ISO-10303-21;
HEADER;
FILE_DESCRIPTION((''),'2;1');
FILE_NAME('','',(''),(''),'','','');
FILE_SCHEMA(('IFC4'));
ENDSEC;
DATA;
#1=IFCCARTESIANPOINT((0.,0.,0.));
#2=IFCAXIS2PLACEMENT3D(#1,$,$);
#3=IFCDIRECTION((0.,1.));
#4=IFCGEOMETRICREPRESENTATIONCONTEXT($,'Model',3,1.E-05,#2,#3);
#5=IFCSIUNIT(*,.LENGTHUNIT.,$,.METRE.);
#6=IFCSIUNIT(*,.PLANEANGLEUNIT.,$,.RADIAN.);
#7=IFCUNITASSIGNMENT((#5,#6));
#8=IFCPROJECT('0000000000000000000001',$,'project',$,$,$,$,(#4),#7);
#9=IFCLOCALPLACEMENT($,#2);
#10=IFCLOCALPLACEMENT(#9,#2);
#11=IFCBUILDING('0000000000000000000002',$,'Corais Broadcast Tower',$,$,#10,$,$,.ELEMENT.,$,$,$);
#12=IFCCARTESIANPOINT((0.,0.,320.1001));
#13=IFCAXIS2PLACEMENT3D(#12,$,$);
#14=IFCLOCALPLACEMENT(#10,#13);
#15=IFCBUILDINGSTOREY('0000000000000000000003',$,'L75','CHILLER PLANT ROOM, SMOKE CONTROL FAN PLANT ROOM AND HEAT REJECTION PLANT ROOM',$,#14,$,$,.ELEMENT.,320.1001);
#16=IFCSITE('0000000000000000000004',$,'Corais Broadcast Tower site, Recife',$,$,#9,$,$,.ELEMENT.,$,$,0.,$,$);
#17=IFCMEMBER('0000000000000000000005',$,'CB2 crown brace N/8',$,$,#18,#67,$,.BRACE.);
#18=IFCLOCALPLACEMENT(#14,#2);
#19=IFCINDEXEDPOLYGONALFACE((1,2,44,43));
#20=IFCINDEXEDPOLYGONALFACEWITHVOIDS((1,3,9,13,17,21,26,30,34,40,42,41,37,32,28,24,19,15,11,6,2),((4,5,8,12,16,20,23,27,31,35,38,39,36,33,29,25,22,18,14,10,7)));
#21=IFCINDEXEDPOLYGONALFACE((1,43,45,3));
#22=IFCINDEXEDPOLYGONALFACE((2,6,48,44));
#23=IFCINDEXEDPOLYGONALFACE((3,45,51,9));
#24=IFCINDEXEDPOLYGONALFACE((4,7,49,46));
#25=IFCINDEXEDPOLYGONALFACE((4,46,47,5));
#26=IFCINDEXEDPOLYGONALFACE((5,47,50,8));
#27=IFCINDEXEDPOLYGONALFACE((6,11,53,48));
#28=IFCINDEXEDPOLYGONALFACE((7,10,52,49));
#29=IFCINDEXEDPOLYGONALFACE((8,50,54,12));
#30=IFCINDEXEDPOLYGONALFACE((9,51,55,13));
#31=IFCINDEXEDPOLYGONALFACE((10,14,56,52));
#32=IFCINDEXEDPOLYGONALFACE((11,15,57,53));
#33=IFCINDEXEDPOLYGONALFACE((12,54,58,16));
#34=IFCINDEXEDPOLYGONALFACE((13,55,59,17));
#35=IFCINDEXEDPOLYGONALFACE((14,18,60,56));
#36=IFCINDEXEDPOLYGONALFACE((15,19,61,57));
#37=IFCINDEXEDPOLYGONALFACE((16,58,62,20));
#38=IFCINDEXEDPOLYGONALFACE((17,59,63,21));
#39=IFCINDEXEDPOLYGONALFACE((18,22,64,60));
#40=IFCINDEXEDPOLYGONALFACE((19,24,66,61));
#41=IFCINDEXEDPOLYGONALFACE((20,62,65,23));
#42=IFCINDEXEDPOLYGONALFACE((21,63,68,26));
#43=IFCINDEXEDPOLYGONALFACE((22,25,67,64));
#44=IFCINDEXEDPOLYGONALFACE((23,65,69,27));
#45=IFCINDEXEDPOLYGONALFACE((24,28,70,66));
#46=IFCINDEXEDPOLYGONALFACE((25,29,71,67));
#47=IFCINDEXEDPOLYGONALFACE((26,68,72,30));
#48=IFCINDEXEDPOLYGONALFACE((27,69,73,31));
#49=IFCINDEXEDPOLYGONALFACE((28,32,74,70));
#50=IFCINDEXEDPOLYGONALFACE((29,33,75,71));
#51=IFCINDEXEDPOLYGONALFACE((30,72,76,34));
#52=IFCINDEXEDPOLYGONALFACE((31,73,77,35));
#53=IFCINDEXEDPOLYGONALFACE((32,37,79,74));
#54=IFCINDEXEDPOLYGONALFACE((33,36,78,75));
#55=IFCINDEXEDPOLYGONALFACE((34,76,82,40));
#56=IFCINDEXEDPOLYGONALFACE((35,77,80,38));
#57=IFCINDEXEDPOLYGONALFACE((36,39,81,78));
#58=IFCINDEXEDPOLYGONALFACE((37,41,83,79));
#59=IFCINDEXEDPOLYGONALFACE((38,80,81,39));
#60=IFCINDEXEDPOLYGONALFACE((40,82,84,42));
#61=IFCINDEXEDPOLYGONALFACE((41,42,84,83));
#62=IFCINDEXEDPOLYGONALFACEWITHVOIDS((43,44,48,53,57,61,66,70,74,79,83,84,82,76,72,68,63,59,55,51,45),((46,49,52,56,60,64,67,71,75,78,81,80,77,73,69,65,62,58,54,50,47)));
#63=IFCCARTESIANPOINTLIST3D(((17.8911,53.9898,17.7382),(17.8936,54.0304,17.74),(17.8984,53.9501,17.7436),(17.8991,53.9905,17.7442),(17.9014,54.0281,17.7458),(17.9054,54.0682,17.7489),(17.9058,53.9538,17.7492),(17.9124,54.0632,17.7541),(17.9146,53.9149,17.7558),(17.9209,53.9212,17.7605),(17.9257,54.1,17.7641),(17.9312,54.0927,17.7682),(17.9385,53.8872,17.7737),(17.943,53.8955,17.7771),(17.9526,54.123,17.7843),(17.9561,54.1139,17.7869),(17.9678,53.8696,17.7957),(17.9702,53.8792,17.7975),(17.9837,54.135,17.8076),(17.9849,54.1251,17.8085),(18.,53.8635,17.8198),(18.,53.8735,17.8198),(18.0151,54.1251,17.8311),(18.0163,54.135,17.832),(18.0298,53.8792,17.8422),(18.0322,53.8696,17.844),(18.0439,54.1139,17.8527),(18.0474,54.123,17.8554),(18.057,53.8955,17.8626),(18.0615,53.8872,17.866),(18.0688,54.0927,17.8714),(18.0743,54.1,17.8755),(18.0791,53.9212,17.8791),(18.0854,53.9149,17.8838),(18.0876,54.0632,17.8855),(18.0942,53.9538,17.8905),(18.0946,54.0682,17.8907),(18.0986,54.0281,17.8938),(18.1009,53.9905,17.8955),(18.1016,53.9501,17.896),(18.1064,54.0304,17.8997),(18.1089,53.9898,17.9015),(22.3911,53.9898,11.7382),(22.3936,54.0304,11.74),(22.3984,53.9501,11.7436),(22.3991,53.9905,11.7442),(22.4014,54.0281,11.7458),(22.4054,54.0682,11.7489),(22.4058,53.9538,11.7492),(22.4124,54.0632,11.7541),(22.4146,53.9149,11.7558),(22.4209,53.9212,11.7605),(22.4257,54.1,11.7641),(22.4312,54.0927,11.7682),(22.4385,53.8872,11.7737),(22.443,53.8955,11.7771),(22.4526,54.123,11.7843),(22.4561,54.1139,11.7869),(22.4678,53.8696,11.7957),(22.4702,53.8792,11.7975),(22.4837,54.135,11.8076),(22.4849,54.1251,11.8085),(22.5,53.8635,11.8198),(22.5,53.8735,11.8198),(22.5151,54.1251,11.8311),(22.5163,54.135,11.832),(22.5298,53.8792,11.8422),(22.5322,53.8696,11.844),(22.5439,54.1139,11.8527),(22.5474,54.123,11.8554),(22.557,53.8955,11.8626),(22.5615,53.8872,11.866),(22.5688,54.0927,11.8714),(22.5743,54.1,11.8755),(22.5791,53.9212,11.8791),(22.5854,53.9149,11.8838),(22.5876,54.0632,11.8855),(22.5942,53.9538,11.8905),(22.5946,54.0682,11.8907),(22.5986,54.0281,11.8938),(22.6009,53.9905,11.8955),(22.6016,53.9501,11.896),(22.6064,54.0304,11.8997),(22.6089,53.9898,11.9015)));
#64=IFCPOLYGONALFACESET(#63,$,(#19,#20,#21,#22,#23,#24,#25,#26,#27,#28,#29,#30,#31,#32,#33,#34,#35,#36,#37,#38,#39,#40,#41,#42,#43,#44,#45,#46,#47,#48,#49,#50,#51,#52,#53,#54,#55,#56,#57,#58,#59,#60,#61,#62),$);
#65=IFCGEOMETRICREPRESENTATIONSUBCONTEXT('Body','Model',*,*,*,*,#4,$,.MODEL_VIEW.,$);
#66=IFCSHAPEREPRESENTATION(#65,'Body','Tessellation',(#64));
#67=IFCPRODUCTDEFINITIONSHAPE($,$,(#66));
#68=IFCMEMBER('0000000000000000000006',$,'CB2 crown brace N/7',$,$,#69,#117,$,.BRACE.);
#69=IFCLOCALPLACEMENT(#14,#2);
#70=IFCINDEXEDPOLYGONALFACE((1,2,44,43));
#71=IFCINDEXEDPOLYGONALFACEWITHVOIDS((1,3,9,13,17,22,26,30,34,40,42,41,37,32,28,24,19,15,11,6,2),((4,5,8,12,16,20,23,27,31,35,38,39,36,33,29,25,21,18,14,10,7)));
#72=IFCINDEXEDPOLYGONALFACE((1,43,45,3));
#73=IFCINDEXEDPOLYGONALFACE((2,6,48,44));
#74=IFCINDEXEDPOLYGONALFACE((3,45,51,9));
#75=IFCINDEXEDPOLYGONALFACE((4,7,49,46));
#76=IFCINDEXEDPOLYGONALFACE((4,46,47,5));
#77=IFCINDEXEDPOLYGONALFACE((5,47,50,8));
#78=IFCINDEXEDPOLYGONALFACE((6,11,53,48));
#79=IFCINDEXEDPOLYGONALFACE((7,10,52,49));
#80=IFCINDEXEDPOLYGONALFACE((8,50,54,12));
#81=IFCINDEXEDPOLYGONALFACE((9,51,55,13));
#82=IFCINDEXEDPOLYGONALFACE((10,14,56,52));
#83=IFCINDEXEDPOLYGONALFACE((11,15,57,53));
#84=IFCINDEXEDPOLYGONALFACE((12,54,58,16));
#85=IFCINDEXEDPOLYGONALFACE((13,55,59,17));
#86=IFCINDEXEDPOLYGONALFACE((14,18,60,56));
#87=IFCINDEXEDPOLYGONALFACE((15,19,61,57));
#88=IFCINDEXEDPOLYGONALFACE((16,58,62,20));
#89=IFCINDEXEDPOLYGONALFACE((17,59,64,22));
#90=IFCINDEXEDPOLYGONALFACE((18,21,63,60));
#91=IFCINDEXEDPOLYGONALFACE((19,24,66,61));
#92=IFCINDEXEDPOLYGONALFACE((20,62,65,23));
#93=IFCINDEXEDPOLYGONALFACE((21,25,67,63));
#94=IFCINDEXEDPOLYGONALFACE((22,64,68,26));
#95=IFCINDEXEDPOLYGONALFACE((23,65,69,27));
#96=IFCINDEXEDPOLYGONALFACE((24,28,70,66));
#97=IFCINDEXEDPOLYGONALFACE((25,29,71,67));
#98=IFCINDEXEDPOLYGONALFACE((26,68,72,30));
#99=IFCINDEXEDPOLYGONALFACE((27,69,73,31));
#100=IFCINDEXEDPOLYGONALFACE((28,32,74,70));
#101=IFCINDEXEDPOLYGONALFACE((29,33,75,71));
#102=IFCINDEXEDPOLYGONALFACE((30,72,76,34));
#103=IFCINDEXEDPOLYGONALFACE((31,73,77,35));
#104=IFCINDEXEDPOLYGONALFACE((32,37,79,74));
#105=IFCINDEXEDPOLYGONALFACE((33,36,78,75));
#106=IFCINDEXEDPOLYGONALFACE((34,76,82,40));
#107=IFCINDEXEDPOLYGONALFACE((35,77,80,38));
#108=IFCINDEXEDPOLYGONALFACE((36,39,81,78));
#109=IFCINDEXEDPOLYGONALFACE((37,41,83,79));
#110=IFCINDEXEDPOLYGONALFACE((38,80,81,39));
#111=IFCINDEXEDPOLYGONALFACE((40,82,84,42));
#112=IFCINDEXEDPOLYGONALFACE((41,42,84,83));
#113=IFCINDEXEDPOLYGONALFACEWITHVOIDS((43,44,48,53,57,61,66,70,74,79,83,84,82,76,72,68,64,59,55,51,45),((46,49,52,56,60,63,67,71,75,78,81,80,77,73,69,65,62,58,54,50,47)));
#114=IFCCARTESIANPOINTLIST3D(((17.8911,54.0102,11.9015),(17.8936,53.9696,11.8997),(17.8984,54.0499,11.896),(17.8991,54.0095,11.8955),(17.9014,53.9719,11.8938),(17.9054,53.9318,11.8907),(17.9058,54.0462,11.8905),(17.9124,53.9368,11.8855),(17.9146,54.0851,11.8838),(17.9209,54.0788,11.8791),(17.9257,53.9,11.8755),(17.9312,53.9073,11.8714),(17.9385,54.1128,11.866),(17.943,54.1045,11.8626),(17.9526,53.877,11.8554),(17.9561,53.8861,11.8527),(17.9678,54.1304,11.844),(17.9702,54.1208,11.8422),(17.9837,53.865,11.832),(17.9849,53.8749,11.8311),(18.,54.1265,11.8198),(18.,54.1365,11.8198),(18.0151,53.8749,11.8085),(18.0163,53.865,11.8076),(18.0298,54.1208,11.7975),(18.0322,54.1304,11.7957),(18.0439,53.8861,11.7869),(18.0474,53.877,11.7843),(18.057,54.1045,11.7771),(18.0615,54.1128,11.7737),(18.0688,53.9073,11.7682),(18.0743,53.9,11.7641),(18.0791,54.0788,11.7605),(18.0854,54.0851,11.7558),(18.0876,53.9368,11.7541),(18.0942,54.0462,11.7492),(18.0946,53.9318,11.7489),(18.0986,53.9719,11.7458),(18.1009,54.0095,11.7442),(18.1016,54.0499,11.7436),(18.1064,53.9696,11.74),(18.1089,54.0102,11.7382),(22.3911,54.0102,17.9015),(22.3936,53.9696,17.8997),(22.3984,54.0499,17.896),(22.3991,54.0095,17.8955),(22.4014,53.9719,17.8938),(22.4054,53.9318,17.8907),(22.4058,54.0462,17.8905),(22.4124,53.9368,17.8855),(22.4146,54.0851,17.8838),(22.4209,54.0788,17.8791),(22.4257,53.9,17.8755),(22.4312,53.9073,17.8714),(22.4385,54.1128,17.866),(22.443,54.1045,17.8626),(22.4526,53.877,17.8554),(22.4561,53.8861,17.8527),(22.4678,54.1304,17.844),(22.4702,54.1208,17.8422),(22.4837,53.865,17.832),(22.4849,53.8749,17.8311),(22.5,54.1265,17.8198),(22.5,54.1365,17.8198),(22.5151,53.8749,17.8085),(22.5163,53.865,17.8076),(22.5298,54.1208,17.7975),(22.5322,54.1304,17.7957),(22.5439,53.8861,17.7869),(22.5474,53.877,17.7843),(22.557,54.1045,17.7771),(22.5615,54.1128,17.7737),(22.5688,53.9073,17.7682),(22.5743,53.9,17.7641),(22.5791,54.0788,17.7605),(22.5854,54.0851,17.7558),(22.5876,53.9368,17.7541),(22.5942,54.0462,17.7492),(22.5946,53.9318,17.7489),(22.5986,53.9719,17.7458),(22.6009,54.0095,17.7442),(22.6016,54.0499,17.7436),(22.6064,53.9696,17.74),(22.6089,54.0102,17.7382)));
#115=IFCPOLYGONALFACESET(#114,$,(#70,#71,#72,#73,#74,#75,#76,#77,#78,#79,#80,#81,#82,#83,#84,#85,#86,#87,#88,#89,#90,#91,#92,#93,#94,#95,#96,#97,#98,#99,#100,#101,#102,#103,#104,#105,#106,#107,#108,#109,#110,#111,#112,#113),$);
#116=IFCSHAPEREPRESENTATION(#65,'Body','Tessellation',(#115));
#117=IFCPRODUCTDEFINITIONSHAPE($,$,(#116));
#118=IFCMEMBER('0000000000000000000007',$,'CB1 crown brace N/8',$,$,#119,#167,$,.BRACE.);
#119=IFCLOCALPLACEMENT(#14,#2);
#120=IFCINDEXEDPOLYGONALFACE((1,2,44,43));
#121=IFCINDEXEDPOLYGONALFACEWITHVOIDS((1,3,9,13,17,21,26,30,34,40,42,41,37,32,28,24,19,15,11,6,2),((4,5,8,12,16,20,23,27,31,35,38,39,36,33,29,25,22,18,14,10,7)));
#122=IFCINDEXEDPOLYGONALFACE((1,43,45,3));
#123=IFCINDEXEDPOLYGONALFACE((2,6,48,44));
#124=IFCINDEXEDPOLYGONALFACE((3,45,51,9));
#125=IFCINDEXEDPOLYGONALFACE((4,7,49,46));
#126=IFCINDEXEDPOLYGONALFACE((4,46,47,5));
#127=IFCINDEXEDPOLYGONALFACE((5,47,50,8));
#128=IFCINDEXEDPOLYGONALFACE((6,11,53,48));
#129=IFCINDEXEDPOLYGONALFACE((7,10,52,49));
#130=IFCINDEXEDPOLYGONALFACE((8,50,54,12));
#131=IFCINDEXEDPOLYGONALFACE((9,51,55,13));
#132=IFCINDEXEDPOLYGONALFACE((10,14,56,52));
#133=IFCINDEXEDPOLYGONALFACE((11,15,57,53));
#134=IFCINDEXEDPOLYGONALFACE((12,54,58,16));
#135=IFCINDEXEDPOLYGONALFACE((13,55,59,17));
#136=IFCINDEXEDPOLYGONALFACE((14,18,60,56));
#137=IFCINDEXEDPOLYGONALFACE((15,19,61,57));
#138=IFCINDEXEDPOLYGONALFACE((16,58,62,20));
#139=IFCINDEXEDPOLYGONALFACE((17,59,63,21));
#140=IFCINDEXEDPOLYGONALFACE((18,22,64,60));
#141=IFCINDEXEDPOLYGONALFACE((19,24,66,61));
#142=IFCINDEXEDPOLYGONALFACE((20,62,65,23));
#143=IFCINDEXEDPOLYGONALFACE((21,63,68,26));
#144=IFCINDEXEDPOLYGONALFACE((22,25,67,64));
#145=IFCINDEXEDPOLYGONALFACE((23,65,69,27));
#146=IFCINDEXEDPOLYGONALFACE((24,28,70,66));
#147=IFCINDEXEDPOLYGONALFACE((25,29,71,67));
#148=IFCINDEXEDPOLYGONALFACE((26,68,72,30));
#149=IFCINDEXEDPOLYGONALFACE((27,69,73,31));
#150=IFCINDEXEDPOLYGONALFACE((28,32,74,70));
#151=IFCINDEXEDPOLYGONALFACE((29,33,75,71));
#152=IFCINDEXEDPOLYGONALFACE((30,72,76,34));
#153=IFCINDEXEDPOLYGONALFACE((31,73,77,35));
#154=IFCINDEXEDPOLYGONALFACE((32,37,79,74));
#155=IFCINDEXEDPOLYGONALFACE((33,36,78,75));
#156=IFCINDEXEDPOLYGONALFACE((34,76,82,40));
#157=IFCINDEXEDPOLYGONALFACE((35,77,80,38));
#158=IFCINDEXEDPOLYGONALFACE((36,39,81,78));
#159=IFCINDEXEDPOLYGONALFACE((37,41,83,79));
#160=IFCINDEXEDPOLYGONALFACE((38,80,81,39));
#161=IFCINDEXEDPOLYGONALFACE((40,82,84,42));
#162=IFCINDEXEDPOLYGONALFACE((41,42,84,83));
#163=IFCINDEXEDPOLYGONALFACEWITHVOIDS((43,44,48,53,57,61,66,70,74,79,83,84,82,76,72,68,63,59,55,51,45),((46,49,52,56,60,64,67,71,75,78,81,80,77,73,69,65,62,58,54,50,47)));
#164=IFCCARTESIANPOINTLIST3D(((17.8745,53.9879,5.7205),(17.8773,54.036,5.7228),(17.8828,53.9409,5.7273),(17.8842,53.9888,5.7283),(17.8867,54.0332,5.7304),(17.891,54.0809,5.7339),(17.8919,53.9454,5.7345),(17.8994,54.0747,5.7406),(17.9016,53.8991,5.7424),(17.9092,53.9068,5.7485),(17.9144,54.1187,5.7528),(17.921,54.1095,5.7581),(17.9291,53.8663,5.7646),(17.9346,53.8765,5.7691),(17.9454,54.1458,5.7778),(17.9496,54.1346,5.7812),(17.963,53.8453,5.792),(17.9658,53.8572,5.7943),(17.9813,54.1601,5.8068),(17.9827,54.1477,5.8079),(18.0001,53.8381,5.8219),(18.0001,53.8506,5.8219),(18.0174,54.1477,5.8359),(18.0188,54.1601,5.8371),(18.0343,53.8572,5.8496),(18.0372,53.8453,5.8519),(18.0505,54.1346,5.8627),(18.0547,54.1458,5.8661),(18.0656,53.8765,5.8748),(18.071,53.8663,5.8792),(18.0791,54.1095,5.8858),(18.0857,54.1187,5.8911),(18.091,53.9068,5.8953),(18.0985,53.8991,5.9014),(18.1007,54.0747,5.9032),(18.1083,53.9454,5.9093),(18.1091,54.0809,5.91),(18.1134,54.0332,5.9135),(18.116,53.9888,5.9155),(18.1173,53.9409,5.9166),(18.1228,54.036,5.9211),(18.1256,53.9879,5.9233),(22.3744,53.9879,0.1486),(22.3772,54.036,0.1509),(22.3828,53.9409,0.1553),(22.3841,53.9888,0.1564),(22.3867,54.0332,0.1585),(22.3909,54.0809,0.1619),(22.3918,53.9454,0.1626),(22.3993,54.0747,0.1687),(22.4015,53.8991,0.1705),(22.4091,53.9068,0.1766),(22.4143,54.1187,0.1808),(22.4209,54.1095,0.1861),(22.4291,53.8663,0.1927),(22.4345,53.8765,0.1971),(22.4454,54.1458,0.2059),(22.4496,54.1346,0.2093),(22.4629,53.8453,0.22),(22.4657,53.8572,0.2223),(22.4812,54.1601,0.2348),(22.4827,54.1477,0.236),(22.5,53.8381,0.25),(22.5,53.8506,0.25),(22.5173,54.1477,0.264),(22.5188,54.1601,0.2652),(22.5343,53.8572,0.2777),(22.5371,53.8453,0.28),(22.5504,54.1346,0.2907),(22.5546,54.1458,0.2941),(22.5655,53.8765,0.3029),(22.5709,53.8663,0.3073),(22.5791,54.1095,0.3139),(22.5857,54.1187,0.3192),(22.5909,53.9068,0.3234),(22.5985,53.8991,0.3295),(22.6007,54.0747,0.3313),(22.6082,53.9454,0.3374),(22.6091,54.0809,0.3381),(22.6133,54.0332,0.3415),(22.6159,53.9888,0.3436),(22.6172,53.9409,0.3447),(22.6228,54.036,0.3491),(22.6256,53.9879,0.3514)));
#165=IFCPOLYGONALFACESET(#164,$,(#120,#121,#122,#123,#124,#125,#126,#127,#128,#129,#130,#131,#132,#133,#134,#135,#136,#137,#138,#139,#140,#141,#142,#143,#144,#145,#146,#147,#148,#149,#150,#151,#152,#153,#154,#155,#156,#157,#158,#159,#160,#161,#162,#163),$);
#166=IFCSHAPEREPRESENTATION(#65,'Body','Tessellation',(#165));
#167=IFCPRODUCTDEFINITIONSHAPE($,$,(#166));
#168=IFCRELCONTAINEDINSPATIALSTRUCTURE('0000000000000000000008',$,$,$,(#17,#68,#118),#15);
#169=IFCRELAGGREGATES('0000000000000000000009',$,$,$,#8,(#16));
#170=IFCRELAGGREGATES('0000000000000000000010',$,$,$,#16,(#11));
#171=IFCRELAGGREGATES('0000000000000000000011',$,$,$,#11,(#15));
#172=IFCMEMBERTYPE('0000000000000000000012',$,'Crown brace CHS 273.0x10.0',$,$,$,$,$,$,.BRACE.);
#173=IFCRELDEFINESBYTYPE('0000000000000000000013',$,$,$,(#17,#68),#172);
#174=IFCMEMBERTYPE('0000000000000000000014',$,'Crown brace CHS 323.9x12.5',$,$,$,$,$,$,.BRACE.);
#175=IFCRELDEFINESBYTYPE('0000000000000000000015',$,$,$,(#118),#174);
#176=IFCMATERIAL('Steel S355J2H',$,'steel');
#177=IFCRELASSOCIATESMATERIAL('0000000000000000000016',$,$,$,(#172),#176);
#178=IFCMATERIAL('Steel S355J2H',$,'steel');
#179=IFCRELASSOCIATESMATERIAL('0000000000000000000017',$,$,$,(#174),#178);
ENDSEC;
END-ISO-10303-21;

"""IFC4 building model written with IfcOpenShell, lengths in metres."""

from ifc_helpers import new_model, si_unit, direction, frame, origin, origin_2d, place, context, subcontext, project, spatial, hollow_circle, extrude, material, material_profile, profile_set, type_object, element, save


model = new_model("IFC4")

# Units and contexts
model_context = context("Model", 3, precision=1e-05, world=origin(), true_north=direction((0.0, 1.0)))
body_context = subcontext(model_context, "Body", "Model", "MODEL_VIEW")
ifc_project = project(units=[si_unit("LENGTHUNIT", "METRE"), si_unit("PLANEANGLEUNIT", "RADIAN")], contexts=[model_context])

# Site, building, storey
site_placement = place(None, origin())
site = spatial("IfcSite", under=ifc_project, at=site_placement, Name="Corais Broadcast Tower site, Recife", CompositionType="ELEMENT", RefElevation=0.0)
building_placement = place(site_placement, origin())
building = spatial("IfcBuilding", under=site, at=building_placement, Name="Corais Broadcast Tower", CompositionType="ELEMENT")
storey_placement = place(building_placement, frame((0.0, 0.0, 320.1001)))
storey = spatial("IfcBuildingStorey", under=building, at=storey_placement, Name="L75", Description="CHILLER PLANT ROOM, SMOKE CONTROL FAN PLANT ROOM AND HEAT REJECTION PLANT ROOM", CompositionType="ELEMENT", Elevation=320.1001)

# Members
ifc_material_1 = material(Name="Steel S355J2H", Category="steel")
ifc_material_profile_1 = material_profile(ifc_material_1, hollow_circle(Radius=0.1365, WallThickness=0.01, at=origin_2d()), Name="CHS 273.0x10.0")
ifc_profile_set_1 = profile_set([ifc_material_profile_1], Name="Steel S355J2H")
member_type_1 = type_object("IfcMemberType", Name="Crown brace CHS 273.0x10.0", PredefinedType="BRACE", material=ifc_profile_set_1)
for number, where, z_axis, x_axis, name in (
    (1, (22.5, 54.0, 11.8198), (-0.6, 0.0, 0.8), (0.0, -1.0, 0.0), "CB2 crown brace N/8"),
    (2, (18.0, 54.0, 11.8198), (0.6, 0.0, 0.8), (0.0, 1.0, 0.0), "CB2 crown brace N/7"),
):
    element("IfcMember", number, at=place(storey_placement, frame(where, z_axis=z_axis, x_axis=x_axis)), inside=storey, type_object=member_type_1, Name=name, PredefinedType="BRACE", context=body_context, shape_type="SweptSolid", body=[
        extrude(hollow_circle(Radius=0.1365, WallThickness=0.01, at=origin_2d()), origin(), (0.0, 0.0, 1.0), 7.5),
    ])
ifc_material_2 = material(Name="Steel S355J2H", Category="steel")
ifc_material_profile_2 = material_profile(ifc_material_2, hollow_circle(Radius=0.1619, WallThickness=0.0125, at=origin_2d()), Name="CHS 323.9x12.5")
ifc_profile_set_2 = profile_set([ifc_material_profile_2], Name="Steel S355J2H")
member_type_2 = type_object("IfcMemberType", Name="Crown brace CHS 323.9x12.5", PredefinedType="BRACE", material=ifc_profile_set_2)
for number, where, z_axis, x_axis, name in (
    (3, (22.5, 54.0, 0.25), (-0.628297, 0.0, 0.777974), (0.0, -1.0, 0.0), "CB1 crown brace N/8"),
):
    element("IfcMember", number, at=place(storey_placement, frame(where, z_axis=z_axis, x_axis=x_axis)), inside=storey, type_object=member_type_2, Name=name, PredefinedType="BRACE", context=body_context, shape_type="SweptSolid", body=[
        extrude(hollow_circle(Radius=0.1619, WallThickness=0.0125, at=origin_2d()), origin(), (0.0, 0.0, 1.0), 7.1621),
    ])

save(model, "model.ifc")
